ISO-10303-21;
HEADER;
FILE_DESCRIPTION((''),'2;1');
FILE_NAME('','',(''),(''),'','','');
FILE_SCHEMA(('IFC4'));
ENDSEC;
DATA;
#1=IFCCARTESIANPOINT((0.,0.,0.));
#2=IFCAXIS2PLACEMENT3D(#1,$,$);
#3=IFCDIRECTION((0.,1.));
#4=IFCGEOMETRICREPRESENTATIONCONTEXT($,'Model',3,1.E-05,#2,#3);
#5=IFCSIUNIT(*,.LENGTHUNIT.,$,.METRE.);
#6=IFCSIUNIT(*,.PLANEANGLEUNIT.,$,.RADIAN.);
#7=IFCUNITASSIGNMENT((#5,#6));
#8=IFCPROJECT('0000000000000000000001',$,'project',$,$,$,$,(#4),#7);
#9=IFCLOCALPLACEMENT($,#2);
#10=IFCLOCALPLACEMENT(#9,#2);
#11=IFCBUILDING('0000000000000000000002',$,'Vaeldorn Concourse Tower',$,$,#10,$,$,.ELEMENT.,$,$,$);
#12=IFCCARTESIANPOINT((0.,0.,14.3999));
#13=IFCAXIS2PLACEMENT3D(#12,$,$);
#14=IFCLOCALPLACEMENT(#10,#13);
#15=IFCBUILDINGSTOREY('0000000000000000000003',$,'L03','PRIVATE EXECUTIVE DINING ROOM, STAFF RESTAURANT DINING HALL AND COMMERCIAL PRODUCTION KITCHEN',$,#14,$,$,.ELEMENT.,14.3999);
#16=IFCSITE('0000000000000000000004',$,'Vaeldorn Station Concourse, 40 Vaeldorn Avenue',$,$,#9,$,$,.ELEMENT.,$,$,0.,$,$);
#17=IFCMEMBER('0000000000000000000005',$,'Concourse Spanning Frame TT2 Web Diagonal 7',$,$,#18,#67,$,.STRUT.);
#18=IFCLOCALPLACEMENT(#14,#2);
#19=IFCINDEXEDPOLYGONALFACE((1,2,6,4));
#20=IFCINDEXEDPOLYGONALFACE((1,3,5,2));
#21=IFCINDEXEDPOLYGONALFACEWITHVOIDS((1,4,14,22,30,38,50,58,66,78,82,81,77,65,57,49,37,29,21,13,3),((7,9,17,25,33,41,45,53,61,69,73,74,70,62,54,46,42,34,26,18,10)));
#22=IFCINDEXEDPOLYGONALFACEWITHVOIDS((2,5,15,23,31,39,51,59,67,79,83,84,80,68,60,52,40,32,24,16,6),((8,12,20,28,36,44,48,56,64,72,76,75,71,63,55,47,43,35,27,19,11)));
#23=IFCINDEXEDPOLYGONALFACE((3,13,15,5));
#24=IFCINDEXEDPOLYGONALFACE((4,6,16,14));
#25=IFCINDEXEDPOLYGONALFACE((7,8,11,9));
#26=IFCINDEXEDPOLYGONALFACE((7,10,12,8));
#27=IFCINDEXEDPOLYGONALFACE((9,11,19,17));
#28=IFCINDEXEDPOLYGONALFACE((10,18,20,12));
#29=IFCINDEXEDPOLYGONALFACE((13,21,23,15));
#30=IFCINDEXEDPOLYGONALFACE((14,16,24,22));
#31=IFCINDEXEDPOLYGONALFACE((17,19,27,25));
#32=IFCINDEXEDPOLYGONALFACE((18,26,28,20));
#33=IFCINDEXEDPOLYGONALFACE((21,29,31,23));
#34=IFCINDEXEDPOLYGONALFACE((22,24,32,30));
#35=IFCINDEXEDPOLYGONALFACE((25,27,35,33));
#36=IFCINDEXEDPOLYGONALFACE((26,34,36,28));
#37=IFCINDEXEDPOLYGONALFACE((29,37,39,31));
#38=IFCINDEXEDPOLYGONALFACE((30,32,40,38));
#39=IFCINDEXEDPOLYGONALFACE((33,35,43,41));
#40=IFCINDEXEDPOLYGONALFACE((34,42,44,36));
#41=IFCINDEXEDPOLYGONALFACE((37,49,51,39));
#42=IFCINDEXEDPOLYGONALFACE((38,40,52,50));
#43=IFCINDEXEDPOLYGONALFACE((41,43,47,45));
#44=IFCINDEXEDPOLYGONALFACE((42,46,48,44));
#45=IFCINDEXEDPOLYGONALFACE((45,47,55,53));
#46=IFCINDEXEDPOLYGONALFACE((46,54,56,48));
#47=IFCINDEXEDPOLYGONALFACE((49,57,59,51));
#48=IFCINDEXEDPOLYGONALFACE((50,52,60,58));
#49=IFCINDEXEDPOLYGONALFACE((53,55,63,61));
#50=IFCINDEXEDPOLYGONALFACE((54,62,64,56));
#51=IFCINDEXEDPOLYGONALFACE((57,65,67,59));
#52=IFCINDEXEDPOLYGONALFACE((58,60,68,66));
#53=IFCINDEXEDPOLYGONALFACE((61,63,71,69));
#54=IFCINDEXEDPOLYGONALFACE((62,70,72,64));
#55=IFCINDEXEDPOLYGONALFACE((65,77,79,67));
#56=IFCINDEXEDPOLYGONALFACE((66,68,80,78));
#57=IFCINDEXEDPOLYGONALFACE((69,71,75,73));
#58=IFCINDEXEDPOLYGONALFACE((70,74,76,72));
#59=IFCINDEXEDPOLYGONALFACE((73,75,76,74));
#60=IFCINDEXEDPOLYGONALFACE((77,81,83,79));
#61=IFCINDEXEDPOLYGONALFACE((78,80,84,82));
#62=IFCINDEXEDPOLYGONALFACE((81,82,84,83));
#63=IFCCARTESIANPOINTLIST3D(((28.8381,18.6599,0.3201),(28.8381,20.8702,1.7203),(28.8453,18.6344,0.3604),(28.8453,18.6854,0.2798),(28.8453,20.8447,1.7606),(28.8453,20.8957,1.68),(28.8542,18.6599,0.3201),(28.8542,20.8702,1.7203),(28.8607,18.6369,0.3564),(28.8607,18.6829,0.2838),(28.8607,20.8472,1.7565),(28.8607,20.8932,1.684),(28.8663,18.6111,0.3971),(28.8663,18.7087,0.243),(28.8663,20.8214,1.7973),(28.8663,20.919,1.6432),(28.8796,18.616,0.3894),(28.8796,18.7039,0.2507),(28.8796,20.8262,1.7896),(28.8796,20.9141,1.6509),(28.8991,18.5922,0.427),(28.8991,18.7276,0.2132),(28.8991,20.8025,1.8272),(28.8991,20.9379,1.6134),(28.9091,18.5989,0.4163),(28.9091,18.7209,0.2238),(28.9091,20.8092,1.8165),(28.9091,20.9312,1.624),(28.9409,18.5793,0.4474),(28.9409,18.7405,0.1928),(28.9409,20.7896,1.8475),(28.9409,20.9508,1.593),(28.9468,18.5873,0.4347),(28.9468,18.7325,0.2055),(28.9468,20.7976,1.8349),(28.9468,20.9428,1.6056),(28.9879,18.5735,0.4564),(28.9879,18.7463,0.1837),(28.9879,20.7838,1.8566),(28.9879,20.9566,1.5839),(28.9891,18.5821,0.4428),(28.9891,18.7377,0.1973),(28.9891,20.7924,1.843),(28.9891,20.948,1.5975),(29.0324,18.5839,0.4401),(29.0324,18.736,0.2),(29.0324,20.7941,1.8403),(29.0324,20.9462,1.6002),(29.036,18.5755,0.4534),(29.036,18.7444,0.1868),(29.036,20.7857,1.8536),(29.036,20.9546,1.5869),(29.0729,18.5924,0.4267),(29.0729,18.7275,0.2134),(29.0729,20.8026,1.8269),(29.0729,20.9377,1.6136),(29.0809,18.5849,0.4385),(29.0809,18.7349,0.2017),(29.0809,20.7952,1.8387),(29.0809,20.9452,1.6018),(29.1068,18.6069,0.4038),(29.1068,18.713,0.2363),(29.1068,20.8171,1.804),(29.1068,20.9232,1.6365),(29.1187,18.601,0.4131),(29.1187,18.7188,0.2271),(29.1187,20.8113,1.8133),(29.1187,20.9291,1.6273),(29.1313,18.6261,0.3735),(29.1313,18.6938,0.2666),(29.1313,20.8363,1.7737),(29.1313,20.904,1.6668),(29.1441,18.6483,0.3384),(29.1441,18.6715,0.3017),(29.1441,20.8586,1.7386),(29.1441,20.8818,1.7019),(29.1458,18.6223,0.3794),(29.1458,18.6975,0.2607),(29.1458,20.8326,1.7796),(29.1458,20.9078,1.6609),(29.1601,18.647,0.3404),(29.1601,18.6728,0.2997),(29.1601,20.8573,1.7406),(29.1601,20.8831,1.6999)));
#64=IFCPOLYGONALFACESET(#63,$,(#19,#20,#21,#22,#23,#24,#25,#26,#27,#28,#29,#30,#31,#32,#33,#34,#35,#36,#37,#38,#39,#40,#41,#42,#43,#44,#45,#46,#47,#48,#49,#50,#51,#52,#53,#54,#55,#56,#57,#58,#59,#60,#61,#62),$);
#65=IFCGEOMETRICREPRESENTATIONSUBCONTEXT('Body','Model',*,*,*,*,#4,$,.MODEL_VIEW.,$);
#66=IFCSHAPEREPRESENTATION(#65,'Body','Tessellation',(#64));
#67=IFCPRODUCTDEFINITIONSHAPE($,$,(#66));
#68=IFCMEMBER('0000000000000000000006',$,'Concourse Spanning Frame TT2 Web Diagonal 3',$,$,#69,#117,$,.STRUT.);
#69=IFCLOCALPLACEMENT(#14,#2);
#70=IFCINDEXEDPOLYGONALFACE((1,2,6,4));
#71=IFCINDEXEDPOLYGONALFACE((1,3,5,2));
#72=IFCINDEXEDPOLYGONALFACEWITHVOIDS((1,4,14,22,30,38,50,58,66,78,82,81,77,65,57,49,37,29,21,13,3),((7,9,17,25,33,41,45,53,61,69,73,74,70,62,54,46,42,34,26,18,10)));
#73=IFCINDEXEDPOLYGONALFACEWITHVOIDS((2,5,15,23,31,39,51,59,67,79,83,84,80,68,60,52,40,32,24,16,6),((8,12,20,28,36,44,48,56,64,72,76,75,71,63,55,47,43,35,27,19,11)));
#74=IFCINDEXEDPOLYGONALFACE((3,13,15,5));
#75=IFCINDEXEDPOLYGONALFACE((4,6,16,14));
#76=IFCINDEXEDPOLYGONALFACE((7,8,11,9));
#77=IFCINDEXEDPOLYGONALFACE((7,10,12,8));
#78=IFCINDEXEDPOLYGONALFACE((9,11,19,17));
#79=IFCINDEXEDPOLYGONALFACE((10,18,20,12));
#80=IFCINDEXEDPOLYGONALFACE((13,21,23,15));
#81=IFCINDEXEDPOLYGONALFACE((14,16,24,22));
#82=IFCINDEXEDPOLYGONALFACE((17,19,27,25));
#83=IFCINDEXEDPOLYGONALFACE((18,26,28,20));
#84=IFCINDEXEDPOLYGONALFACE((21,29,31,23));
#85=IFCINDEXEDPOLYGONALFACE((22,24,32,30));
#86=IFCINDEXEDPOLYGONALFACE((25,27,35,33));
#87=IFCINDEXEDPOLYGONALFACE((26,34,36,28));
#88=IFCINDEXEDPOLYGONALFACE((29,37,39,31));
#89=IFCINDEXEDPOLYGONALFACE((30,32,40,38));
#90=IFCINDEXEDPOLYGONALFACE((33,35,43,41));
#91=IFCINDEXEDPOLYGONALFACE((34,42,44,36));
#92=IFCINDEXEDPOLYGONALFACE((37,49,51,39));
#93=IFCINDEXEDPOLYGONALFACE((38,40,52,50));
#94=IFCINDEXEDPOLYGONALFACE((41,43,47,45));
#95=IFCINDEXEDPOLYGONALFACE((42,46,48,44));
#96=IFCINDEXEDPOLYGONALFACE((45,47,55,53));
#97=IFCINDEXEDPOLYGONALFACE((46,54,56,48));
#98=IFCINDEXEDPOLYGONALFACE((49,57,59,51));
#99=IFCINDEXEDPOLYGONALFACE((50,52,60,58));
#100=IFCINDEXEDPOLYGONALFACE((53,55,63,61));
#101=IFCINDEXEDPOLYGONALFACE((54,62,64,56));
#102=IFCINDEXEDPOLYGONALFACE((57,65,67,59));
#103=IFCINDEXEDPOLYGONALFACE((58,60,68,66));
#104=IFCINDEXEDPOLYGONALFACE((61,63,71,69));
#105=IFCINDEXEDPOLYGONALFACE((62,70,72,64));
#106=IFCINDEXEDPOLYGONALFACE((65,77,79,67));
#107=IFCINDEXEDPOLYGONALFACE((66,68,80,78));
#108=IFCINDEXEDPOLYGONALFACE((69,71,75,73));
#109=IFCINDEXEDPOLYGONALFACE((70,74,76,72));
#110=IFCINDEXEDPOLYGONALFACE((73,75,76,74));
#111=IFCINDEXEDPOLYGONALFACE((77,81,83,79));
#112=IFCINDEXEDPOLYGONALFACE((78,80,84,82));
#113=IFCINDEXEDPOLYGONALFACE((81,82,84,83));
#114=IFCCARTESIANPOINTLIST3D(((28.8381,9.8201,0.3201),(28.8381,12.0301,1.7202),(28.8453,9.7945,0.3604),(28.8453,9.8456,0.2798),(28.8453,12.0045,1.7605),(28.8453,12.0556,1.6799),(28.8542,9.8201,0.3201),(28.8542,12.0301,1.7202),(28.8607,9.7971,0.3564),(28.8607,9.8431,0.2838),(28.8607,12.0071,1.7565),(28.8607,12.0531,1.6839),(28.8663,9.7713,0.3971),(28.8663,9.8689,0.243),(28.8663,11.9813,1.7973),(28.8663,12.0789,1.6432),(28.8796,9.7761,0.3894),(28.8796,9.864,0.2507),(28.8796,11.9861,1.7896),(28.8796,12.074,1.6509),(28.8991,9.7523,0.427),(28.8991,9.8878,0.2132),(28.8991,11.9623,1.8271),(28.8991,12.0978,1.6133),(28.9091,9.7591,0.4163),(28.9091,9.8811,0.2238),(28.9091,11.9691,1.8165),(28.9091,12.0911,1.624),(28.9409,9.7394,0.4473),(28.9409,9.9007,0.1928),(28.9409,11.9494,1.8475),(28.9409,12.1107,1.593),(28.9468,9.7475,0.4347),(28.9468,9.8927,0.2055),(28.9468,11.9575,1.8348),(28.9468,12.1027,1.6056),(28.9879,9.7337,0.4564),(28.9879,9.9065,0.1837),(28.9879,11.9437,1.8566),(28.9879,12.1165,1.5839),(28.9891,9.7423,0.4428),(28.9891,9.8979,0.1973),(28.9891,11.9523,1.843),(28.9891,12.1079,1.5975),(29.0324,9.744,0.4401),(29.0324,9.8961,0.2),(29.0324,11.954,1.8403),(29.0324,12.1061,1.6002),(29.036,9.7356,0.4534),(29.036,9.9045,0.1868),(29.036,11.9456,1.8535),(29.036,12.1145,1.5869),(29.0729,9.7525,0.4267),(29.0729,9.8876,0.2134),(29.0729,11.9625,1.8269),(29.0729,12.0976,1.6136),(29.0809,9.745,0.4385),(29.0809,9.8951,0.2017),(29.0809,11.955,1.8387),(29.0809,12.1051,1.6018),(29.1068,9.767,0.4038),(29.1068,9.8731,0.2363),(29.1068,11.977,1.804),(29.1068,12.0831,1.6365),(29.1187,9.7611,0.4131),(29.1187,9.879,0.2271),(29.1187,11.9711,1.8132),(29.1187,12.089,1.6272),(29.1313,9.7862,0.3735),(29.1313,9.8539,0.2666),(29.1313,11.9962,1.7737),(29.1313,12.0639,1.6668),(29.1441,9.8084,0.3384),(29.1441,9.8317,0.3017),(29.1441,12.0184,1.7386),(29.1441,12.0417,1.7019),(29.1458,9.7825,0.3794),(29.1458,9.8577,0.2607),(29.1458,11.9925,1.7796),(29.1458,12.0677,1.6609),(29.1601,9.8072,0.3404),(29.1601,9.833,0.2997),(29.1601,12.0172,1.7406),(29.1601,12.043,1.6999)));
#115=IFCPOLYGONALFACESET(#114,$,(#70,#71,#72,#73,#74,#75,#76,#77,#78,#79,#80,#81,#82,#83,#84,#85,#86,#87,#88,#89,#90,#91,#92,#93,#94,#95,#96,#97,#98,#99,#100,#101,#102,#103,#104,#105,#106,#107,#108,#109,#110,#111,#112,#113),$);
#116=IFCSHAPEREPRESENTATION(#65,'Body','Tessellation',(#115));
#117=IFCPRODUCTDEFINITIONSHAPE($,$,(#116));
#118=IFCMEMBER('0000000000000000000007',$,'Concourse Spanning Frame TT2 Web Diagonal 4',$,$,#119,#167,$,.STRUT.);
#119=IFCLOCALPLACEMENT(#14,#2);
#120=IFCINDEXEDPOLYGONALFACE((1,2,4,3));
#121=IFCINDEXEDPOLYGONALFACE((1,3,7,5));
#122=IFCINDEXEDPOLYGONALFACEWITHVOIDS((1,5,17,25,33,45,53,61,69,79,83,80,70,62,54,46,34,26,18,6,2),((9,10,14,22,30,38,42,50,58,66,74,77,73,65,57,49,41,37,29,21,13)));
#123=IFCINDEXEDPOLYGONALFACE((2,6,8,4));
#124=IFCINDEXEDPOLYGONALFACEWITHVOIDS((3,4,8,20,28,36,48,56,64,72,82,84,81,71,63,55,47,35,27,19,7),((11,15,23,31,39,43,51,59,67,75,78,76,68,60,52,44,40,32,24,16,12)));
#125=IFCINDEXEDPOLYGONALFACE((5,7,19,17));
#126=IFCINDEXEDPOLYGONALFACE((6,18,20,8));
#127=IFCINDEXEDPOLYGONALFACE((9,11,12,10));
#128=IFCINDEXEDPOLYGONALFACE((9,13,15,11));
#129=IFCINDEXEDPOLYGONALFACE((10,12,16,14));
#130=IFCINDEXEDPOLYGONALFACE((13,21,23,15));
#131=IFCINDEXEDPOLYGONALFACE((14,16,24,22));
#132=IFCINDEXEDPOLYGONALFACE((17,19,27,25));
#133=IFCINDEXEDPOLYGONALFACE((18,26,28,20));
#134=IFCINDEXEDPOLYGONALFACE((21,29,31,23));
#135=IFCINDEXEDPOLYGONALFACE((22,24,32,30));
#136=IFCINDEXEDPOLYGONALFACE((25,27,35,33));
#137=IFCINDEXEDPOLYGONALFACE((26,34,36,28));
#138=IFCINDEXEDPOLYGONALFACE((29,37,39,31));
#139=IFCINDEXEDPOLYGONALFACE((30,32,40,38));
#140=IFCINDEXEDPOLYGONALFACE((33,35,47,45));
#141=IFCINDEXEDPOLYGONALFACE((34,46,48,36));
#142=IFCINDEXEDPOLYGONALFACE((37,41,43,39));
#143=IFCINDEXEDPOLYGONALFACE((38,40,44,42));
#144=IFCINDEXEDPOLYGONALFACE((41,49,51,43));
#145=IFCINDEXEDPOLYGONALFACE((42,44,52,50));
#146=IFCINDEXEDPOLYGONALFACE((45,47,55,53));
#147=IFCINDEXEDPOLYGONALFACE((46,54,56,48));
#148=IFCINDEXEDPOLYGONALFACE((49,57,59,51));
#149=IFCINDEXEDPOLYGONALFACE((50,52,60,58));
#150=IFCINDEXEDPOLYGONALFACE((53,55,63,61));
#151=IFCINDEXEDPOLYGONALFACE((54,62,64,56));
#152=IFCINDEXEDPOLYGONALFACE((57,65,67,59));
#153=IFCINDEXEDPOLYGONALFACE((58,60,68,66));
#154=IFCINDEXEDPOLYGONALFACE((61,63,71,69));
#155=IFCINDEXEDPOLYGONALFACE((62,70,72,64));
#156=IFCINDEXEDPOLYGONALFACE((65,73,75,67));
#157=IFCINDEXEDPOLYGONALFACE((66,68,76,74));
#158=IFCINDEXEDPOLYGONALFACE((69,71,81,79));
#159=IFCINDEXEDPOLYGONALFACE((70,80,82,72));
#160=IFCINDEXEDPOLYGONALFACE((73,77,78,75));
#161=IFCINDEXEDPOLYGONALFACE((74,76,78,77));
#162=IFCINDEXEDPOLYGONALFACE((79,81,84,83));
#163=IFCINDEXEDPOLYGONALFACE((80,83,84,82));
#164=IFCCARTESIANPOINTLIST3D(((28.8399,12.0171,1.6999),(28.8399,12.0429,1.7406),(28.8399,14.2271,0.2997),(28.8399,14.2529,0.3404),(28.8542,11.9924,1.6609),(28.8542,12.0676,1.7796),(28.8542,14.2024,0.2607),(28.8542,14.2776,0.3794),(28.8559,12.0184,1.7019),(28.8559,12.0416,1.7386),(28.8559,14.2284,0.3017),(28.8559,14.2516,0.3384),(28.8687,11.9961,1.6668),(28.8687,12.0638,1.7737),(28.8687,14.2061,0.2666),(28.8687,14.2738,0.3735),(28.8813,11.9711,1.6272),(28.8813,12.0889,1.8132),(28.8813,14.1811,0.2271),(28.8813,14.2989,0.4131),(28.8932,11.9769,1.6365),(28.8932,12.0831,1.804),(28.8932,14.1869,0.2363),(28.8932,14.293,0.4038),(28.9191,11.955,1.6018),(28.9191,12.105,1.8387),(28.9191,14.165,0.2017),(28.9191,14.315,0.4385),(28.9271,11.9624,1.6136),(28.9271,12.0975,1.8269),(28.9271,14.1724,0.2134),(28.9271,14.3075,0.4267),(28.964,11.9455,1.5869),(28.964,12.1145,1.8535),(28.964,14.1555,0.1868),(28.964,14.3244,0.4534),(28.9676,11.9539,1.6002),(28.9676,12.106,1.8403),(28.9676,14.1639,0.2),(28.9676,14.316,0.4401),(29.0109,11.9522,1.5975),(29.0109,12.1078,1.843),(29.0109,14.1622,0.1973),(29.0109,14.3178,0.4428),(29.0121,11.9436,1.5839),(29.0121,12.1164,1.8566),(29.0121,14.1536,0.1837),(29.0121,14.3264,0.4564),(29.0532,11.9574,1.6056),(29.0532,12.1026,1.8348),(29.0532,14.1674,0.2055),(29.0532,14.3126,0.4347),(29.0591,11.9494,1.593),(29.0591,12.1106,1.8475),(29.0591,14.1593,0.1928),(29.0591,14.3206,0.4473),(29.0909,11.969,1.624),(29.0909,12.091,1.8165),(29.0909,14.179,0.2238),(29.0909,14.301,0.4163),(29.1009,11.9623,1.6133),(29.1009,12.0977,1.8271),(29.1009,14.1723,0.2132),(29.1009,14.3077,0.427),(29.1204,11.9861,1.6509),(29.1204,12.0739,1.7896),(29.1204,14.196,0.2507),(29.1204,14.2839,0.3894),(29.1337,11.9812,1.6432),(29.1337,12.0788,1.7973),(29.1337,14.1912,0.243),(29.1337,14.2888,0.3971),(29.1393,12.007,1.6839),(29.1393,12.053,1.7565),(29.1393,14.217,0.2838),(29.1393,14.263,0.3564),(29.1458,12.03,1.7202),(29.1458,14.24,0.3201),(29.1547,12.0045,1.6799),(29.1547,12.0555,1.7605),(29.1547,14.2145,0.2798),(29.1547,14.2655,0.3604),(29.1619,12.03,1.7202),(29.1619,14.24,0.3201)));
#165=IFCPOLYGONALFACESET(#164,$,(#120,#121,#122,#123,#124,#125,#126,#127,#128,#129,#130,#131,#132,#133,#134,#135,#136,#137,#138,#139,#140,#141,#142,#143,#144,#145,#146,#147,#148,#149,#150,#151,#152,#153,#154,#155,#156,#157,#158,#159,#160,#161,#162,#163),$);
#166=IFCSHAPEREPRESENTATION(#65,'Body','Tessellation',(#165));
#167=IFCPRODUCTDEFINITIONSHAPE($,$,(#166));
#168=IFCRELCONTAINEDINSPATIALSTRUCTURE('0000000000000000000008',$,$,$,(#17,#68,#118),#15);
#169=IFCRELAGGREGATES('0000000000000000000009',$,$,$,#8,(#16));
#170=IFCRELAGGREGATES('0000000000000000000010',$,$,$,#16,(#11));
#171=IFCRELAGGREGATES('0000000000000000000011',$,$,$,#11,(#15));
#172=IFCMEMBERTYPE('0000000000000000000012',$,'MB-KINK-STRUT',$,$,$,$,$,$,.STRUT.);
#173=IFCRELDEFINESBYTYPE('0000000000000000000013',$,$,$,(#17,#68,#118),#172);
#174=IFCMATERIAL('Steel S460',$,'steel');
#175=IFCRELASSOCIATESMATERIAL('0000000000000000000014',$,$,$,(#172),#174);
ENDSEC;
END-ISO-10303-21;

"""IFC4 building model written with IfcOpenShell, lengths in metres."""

from ifc_helpers import new_model, si_unit, direction, frame, origin, origin_2d, place, context, subcontext, project, spatial, hollow_circle, extrude, source, transform, mapped, material, material_profile, profile_set, type_object, element, save


model = new_model("IFC4")

# Units and contexts
model_context = context("Model", 3, precision=1e-05, world=origin(), true_north=direction((0.0, 1.0)))
body_context = subcontext(model_context, "Body", "Model", "MODEL_VIEW")
ifc_project = project(units=[si_unit("LENGTHUNIT", "METRE"), si_unit("PLANEANGLEUNIT", "RADIAN")], contexts=[model_context])

# Site, building, storey
site_placement = place(None, origin())
site = spatial("IfcSite", under=ifc_project, at=site_placement, Name="Vaeldorn Station Concourse, 40 Vaeldorn Avenue", CompositionType="ELEMENT", RefElevation=0.0)
building_placement = place(site_placement, origin())
building = spatial("IfcBuilding", under=site, at=building_placement, Name="Vaeldorn Concourse Tower", CompositionType="ELEMENT")
storey_placement = place(building_placement, frame((0.0, 0.0, 14.3999)))
storey = spatial("IfcBuildingStorey", under=building, at=storey_placement, Name="L03", Description="PRIVATE EXECUTIVE DINING ROOM, STAFF RESTAURANT DINING HALL AND COMMERCIAL PRODUCTION KITCHEN", CompositionType="ELEMENT", Elevation=14.3999)

# Shared definitions
ifc_material = material(Name="Steel S460", Category="steel")

# Members
ifc_material_profile_1 = material_profile(ifc_material, hollow_circle(Radius=0.1619, WallThickness=0.0161, at=origin_2d()), Name="CHS 323.9x16")
ifc_profile_set_1 = profile_set([ifc_material_profile_1], Name="Steel S460")
member_type_1 = type_object("IfcMemberType", Name="MB-KINK-STRUT", PredefinedType="STRUT", material=ifc_profile_set_1)
shared_shape_1 = source(origin(), body_context, "Body", "SweptSolid", [
    extrude(hollow_circle(Radius=0.1619, WallThickness=0.0161, at=origin_2d()), origin(), (0.0, 0.0, 1.0), 2.6165),
])
member_1_placement = place(storey_placement, frame((29.0, 18.6599, 0.3201), z_axis=(0.0, 0.844759, 0.535148), x_axis=(-1.0, 0.0, 0.0)))
element("IfcMember", 1, at=member_1_placement, inside=storey, type_object=member_type_1, Name="Concourse Spanning Frame TT2 Web Diagonal 7", PredefinedType="STRUT", context=body_context, shape_type="MappedRepresentation", body=[
    mapped(shared_shape_1, transform((0.0, 0.0, 0.0), scale=1.0)),
])
shared_shape_2 = source(origin(), body_context, "Body", "SweptSolid", [
    extrude(hollow_circle(Radius=0.1619, WallThickness=0.0161, at=origin_2d()), origin(), (0.0, 0.0, 1.0), 2.6162),
])
for number, where, z_axis, x_axis, name in (
    (2, (29.0, 9.8201, 0.3201), (0.0, 0.844732, 0.53519), (-1.0, 0.0, 0.0), "Concourse Spanning Frame TT2 Web Diagonal 3"),
    (3, (29.0, 14.24, 0.3201), (0.0, -0.844732, 0.53519), (1.0, 0.0, 0.0), "Concourse Spanning Frame TT2 Web Diagonal 4"),
):
    element("IfcMember", number, at=place(storey_placement, frame(where, z_axis=z_axis, x_axis=x_axis)), inside=storey, type_object=member_type_1, Name=name, PredefinedType="STRUT", context=body_context, shape_type="MappedRepresentation", body=[
        mapped(shared_shape_2, transform((0.0, 0.0, 0.0), scale=1.0)),
    ])

save(model, "model.ifc")
